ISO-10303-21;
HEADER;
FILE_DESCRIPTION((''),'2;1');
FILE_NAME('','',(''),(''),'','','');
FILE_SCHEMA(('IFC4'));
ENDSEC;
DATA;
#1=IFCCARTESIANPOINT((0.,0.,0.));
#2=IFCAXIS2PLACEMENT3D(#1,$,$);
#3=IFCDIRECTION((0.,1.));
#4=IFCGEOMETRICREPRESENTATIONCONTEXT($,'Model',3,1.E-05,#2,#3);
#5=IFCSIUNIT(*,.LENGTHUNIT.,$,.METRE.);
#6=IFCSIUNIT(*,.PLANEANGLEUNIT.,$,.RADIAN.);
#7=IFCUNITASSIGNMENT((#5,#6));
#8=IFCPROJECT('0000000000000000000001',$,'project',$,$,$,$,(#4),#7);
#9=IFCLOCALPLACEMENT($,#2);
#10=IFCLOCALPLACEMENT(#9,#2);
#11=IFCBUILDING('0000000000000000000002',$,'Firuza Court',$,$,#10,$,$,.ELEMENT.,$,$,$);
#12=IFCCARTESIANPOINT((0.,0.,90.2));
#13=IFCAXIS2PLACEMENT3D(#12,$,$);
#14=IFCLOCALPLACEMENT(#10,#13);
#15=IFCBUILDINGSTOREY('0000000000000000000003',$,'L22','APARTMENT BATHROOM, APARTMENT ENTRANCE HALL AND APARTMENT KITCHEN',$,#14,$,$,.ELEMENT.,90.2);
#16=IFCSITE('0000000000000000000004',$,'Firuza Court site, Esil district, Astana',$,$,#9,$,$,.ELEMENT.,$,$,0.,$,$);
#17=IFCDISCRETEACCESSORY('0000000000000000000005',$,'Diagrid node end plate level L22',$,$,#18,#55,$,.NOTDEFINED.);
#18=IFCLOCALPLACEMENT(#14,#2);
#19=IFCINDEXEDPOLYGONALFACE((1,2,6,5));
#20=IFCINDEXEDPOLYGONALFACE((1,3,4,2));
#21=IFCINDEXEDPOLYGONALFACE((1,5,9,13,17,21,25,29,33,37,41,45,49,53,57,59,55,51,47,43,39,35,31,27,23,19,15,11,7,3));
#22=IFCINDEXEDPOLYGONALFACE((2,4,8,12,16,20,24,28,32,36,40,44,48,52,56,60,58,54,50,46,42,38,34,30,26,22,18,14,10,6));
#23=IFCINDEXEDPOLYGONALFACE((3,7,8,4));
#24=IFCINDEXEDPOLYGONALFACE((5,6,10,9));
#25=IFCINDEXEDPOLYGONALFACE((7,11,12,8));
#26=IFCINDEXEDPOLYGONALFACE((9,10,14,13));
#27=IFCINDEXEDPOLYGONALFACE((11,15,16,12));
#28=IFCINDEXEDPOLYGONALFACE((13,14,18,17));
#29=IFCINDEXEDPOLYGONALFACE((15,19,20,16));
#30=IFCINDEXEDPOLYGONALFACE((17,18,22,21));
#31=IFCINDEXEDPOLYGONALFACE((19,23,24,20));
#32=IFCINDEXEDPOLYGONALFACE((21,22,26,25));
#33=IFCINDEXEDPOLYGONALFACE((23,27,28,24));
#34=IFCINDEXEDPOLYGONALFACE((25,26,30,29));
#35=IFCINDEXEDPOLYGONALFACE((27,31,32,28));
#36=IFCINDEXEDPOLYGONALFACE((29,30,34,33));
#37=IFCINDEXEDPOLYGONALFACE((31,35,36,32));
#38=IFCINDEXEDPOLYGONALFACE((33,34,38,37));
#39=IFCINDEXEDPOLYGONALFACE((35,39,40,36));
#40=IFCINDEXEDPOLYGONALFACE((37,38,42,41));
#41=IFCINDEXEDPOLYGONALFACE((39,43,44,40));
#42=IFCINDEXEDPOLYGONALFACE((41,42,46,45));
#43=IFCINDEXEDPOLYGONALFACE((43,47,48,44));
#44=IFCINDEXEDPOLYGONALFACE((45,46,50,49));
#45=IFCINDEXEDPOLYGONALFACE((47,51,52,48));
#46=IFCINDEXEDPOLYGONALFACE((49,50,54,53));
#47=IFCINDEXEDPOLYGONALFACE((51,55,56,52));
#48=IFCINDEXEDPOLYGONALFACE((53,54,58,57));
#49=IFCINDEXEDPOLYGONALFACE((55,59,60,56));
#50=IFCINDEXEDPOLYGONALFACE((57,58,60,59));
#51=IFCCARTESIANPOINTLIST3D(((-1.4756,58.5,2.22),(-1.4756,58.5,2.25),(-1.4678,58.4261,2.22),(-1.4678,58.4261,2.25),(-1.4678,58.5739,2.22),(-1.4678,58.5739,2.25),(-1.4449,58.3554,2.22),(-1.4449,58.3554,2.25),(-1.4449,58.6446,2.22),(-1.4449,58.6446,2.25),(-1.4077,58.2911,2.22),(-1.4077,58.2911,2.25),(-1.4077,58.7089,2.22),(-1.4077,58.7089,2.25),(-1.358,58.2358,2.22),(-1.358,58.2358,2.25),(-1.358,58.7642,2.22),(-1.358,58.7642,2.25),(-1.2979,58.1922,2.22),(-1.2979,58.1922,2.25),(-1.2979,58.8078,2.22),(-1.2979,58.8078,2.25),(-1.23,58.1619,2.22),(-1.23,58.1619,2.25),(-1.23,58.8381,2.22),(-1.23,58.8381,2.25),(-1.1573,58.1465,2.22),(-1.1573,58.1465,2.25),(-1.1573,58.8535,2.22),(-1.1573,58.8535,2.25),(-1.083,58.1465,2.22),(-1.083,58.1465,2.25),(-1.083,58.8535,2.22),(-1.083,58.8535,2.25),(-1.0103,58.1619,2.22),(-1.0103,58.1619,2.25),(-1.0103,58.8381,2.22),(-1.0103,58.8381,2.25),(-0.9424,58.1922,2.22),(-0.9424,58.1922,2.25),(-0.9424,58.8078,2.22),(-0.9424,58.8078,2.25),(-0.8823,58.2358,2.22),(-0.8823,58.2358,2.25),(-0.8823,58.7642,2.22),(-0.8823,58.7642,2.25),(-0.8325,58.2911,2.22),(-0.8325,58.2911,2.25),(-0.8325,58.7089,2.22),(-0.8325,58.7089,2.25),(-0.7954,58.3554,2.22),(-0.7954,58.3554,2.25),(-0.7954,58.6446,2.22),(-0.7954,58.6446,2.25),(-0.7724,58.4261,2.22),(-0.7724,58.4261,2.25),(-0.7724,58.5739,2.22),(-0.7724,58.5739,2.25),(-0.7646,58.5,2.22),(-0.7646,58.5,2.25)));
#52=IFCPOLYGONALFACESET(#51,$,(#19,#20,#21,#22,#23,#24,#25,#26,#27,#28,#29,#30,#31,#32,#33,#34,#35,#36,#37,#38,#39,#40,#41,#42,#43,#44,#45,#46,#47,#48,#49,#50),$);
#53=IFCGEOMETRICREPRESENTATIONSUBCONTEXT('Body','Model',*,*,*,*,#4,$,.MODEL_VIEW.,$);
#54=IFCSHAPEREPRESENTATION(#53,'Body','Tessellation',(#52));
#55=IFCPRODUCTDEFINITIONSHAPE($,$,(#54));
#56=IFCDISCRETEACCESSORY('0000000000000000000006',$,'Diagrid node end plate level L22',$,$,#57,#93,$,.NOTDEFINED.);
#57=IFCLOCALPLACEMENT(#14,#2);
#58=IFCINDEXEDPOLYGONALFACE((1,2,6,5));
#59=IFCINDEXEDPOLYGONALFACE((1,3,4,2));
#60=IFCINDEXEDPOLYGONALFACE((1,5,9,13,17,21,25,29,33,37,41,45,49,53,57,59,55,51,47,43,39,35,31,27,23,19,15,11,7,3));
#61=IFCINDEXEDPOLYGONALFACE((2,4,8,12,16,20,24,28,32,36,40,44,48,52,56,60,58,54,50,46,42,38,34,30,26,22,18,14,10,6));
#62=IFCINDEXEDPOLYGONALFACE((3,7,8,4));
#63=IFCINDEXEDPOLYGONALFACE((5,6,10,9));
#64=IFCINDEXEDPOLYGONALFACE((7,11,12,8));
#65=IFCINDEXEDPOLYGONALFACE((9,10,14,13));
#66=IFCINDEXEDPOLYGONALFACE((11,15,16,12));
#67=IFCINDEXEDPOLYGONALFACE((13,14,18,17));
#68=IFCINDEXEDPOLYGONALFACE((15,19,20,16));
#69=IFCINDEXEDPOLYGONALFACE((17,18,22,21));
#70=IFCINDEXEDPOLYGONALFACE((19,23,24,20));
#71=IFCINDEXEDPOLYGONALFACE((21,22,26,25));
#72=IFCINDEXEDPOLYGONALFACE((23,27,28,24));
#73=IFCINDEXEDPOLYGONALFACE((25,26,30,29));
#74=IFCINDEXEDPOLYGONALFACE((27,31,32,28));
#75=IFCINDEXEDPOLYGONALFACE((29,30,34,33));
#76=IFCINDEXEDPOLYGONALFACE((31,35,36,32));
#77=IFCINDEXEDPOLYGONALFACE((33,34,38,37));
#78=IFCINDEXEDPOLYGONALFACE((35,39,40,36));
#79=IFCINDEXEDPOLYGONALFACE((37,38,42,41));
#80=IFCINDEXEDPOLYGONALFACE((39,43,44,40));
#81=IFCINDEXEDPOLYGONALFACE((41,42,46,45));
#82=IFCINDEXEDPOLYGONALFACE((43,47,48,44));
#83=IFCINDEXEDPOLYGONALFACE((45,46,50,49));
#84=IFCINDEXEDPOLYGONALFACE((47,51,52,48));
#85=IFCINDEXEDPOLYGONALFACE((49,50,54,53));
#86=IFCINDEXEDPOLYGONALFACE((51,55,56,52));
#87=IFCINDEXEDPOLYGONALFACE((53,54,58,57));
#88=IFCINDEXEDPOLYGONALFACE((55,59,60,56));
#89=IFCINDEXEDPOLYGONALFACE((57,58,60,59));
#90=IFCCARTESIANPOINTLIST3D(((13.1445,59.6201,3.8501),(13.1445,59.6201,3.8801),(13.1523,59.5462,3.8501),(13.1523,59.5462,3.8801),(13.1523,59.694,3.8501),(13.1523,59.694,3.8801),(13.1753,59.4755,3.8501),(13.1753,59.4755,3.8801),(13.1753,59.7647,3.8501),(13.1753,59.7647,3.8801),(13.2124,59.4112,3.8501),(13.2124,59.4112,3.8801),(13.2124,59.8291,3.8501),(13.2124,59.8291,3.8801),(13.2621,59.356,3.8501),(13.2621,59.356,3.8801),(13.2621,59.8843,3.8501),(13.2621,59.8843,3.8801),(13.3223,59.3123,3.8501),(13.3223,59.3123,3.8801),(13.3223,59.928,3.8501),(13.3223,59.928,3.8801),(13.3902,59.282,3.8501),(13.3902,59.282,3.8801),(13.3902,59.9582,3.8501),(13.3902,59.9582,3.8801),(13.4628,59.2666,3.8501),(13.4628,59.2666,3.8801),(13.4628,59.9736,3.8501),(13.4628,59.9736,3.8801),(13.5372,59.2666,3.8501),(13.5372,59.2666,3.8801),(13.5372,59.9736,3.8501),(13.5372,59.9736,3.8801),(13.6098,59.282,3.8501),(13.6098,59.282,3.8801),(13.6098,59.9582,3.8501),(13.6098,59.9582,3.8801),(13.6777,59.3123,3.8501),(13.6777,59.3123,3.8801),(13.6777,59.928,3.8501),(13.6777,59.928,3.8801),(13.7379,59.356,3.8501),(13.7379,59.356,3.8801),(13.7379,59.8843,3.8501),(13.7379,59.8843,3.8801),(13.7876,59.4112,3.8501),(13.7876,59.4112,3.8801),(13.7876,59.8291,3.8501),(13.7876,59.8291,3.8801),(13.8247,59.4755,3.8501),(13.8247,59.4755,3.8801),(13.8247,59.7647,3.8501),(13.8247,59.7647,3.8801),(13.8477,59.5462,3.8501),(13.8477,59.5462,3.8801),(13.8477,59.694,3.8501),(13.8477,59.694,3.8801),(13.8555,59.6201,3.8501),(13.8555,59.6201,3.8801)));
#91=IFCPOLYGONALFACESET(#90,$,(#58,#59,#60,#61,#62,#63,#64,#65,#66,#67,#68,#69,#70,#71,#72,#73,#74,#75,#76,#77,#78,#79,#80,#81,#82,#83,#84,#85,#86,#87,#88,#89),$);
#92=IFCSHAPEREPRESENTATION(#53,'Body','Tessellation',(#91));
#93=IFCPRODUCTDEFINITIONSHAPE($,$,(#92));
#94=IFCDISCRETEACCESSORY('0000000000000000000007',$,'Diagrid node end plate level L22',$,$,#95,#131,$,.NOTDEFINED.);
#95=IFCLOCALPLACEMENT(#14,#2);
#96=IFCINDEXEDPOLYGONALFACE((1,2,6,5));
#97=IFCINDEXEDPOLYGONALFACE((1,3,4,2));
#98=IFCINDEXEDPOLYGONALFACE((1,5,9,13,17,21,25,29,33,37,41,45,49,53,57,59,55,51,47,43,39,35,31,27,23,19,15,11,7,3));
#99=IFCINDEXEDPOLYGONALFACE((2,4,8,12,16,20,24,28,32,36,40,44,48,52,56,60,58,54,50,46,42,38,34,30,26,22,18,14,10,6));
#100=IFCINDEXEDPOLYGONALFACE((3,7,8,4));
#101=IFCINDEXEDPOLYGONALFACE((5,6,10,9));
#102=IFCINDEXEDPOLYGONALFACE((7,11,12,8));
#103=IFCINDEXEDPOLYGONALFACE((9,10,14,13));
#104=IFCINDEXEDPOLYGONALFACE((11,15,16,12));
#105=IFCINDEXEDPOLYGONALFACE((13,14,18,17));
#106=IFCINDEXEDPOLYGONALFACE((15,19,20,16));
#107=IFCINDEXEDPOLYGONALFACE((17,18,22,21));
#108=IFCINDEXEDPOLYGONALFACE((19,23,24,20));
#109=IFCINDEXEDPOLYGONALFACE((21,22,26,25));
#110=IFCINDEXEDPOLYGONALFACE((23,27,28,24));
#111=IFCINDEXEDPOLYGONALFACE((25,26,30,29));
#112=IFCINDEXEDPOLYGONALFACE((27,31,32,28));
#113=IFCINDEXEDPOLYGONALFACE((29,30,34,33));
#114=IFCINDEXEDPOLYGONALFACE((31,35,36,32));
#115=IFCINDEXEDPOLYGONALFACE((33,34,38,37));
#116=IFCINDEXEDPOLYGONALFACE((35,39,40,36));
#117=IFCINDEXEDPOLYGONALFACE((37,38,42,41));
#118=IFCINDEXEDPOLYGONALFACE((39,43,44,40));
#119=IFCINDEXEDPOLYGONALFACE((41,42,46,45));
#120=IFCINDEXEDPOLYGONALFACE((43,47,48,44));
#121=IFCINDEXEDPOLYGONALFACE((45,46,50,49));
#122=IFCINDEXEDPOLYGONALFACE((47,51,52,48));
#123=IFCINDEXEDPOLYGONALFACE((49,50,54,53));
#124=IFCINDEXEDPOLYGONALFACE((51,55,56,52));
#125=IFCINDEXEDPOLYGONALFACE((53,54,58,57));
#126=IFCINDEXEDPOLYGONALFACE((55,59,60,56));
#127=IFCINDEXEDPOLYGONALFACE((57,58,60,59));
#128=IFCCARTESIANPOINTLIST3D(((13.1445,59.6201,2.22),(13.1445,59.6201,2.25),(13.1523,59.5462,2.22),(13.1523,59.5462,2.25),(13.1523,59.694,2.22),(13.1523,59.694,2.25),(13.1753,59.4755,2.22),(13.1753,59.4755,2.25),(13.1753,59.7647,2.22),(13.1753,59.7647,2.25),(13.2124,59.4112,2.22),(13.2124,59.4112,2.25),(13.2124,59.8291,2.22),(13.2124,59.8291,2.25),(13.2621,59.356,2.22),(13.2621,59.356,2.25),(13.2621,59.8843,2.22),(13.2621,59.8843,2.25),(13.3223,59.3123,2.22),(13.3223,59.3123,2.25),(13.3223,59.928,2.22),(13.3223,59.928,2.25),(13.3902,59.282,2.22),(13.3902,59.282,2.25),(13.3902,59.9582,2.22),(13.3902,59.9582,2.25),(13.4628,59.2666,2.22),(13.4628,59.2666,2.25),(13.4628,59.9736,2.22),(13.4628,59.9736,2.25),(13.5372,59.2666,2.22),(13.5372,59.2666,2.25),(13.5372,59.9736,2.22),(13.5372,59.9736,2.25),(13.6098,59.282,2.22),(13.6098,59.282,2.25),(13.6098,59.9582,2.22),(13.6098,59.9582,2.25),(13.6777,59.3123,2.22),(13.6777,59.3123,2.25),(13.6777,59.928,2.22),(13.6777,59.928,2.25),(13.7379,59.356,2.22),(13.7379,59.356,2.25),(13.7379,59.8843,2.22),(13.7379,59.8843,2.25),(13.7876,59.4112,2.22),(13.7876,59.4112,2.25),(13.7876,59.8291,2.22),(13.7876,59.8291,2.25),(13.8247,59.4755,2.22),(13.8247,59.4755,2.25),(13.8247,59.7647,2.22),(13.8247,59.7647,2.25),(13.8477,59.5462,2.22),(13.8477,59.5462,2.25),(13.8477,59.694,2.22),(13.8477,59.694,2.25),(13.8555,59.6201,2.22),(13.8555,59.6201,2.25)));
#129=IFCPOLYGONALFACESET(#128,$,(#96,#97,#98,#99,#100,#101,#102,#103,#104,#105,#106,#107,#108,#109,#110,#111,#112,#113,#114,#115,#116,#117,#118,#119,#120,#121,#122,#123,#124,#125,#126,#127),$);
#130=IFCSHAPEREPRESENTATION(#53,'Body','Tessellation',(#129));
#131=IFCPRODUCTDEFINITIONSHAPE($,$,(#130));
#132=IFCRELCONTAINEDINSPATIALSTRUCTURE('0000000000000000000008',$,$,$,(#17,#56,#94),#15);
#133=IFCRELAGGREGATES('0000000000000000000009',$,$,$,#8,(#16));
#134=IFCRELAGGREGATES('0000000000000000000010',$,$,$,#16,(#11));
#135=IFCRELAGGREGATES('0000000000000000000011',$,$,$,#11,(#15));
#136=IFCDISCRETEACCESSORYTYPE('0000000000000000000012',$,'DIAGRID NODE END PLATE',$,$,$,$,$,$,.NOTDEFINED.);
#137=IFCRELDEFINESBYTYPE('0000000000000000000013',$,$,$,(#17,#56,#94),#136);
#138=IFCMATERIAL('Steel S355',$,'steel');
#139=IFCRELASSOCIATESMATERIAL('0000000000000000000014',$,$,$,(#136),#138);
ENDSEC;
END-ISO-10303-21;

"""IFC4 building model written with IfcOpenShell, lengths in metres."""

from ifc_helpers import new_model, si_unit, direction, frame, origin, origin_2d, place, context, subcontext, project, spatial, circle, extrude, material, material_profile, profile_set, type_object, element, save


model = new_model("IFC4")

# Units and contexts
model_context = context("Model", 3, precision=1e-05, world=origin(), true_north=direction((0.0, 1.0)))
body_context = subcontext(model_context, "Body", "Model", "MODEL_VIEW")
ifc_project = project(units=[si_unit("LENGTHUNIT", "METRE"), si_unit("PLANEANGLEUNIT", "RADIAN")], contexts=[model_context])

# Site, building, storey
site_placement = place(None, origin())
site = spatial("IfcSite", under=ifc_project, at=site_placement, Name="Firuza Court site, Esil district, Astana", CompositionType="ELEMENT", RefElevation=0.0)
building_placement = place(site_placement, origin())
building = spatial("IfcBuilding", under=site, at=building_placement, Name="Firuza Court", CompositionType="ELEMENT")
storey_placement = place(building_placement, frame((0.0, 0.0, 90.2)))
storey = spatial("IfcBuildingStorey", under=building, at=storey_placement, Name="L22", Description="APARTMENT BATHROOM, APARTMENT ENTRANCE HALL AND APARTMENT KITCHEN", CompositionType="ELEMENT", Elevation=90.2)

# Discrete accessories
ifc_material_1 = material(Name="Steel S355", Category="steel")
ifc_material_profile_1 = material_profile(ifc_material_1, circle(Radius=0.3555, at=origin_2d()), Name="PL D711")
ifc_profile_set_1 = profile_set([ifc_material_profile_1], Name="Steel S355")
discrete_accessory_type = type_object("IfcDiscreteAccessoryType", Name="DIAGRID NODE END PLATE", PredefinedType="NOTDEFINED", material=ifc_profile_set_1)
for number, where, z_axis, x_axis, name in (
    (1, (-1.1201, 58.5, 2.22), (0.0, 0.0, 1.0), (1.0, 0.0, 0.0), "Diagrid node end plate level L22"),
    (2, (13.5, 59.6201, 3.8501), (0.0, 0.0, 1.0), (1.0, 0.0, 0.0), "Diagrid node end plate level L22"),
    (3, (13.5, 59.6201, 2.22), (0.0, 0.0, 1.0), (1.0, 0.0, 0.0), "Diagrid node end plate level L22"),
):
    element("IfcDiscreteAccessory", number, at=place(storey_placement, frame(where, z_axis=z_axis, x_axis=x_axis)), inside=storey, type_object=discrete_accessory_type, Name=name, PredefinedType="NOTDEFINED", context=body_context, shape_type="SweptSolid", body=[
        extrude(circle(Radius=0.3555, at=origin_2d()), origin(), (0.0, 0.0, 1.0), 0.03),
    ])

save(model, "model.ifc")
